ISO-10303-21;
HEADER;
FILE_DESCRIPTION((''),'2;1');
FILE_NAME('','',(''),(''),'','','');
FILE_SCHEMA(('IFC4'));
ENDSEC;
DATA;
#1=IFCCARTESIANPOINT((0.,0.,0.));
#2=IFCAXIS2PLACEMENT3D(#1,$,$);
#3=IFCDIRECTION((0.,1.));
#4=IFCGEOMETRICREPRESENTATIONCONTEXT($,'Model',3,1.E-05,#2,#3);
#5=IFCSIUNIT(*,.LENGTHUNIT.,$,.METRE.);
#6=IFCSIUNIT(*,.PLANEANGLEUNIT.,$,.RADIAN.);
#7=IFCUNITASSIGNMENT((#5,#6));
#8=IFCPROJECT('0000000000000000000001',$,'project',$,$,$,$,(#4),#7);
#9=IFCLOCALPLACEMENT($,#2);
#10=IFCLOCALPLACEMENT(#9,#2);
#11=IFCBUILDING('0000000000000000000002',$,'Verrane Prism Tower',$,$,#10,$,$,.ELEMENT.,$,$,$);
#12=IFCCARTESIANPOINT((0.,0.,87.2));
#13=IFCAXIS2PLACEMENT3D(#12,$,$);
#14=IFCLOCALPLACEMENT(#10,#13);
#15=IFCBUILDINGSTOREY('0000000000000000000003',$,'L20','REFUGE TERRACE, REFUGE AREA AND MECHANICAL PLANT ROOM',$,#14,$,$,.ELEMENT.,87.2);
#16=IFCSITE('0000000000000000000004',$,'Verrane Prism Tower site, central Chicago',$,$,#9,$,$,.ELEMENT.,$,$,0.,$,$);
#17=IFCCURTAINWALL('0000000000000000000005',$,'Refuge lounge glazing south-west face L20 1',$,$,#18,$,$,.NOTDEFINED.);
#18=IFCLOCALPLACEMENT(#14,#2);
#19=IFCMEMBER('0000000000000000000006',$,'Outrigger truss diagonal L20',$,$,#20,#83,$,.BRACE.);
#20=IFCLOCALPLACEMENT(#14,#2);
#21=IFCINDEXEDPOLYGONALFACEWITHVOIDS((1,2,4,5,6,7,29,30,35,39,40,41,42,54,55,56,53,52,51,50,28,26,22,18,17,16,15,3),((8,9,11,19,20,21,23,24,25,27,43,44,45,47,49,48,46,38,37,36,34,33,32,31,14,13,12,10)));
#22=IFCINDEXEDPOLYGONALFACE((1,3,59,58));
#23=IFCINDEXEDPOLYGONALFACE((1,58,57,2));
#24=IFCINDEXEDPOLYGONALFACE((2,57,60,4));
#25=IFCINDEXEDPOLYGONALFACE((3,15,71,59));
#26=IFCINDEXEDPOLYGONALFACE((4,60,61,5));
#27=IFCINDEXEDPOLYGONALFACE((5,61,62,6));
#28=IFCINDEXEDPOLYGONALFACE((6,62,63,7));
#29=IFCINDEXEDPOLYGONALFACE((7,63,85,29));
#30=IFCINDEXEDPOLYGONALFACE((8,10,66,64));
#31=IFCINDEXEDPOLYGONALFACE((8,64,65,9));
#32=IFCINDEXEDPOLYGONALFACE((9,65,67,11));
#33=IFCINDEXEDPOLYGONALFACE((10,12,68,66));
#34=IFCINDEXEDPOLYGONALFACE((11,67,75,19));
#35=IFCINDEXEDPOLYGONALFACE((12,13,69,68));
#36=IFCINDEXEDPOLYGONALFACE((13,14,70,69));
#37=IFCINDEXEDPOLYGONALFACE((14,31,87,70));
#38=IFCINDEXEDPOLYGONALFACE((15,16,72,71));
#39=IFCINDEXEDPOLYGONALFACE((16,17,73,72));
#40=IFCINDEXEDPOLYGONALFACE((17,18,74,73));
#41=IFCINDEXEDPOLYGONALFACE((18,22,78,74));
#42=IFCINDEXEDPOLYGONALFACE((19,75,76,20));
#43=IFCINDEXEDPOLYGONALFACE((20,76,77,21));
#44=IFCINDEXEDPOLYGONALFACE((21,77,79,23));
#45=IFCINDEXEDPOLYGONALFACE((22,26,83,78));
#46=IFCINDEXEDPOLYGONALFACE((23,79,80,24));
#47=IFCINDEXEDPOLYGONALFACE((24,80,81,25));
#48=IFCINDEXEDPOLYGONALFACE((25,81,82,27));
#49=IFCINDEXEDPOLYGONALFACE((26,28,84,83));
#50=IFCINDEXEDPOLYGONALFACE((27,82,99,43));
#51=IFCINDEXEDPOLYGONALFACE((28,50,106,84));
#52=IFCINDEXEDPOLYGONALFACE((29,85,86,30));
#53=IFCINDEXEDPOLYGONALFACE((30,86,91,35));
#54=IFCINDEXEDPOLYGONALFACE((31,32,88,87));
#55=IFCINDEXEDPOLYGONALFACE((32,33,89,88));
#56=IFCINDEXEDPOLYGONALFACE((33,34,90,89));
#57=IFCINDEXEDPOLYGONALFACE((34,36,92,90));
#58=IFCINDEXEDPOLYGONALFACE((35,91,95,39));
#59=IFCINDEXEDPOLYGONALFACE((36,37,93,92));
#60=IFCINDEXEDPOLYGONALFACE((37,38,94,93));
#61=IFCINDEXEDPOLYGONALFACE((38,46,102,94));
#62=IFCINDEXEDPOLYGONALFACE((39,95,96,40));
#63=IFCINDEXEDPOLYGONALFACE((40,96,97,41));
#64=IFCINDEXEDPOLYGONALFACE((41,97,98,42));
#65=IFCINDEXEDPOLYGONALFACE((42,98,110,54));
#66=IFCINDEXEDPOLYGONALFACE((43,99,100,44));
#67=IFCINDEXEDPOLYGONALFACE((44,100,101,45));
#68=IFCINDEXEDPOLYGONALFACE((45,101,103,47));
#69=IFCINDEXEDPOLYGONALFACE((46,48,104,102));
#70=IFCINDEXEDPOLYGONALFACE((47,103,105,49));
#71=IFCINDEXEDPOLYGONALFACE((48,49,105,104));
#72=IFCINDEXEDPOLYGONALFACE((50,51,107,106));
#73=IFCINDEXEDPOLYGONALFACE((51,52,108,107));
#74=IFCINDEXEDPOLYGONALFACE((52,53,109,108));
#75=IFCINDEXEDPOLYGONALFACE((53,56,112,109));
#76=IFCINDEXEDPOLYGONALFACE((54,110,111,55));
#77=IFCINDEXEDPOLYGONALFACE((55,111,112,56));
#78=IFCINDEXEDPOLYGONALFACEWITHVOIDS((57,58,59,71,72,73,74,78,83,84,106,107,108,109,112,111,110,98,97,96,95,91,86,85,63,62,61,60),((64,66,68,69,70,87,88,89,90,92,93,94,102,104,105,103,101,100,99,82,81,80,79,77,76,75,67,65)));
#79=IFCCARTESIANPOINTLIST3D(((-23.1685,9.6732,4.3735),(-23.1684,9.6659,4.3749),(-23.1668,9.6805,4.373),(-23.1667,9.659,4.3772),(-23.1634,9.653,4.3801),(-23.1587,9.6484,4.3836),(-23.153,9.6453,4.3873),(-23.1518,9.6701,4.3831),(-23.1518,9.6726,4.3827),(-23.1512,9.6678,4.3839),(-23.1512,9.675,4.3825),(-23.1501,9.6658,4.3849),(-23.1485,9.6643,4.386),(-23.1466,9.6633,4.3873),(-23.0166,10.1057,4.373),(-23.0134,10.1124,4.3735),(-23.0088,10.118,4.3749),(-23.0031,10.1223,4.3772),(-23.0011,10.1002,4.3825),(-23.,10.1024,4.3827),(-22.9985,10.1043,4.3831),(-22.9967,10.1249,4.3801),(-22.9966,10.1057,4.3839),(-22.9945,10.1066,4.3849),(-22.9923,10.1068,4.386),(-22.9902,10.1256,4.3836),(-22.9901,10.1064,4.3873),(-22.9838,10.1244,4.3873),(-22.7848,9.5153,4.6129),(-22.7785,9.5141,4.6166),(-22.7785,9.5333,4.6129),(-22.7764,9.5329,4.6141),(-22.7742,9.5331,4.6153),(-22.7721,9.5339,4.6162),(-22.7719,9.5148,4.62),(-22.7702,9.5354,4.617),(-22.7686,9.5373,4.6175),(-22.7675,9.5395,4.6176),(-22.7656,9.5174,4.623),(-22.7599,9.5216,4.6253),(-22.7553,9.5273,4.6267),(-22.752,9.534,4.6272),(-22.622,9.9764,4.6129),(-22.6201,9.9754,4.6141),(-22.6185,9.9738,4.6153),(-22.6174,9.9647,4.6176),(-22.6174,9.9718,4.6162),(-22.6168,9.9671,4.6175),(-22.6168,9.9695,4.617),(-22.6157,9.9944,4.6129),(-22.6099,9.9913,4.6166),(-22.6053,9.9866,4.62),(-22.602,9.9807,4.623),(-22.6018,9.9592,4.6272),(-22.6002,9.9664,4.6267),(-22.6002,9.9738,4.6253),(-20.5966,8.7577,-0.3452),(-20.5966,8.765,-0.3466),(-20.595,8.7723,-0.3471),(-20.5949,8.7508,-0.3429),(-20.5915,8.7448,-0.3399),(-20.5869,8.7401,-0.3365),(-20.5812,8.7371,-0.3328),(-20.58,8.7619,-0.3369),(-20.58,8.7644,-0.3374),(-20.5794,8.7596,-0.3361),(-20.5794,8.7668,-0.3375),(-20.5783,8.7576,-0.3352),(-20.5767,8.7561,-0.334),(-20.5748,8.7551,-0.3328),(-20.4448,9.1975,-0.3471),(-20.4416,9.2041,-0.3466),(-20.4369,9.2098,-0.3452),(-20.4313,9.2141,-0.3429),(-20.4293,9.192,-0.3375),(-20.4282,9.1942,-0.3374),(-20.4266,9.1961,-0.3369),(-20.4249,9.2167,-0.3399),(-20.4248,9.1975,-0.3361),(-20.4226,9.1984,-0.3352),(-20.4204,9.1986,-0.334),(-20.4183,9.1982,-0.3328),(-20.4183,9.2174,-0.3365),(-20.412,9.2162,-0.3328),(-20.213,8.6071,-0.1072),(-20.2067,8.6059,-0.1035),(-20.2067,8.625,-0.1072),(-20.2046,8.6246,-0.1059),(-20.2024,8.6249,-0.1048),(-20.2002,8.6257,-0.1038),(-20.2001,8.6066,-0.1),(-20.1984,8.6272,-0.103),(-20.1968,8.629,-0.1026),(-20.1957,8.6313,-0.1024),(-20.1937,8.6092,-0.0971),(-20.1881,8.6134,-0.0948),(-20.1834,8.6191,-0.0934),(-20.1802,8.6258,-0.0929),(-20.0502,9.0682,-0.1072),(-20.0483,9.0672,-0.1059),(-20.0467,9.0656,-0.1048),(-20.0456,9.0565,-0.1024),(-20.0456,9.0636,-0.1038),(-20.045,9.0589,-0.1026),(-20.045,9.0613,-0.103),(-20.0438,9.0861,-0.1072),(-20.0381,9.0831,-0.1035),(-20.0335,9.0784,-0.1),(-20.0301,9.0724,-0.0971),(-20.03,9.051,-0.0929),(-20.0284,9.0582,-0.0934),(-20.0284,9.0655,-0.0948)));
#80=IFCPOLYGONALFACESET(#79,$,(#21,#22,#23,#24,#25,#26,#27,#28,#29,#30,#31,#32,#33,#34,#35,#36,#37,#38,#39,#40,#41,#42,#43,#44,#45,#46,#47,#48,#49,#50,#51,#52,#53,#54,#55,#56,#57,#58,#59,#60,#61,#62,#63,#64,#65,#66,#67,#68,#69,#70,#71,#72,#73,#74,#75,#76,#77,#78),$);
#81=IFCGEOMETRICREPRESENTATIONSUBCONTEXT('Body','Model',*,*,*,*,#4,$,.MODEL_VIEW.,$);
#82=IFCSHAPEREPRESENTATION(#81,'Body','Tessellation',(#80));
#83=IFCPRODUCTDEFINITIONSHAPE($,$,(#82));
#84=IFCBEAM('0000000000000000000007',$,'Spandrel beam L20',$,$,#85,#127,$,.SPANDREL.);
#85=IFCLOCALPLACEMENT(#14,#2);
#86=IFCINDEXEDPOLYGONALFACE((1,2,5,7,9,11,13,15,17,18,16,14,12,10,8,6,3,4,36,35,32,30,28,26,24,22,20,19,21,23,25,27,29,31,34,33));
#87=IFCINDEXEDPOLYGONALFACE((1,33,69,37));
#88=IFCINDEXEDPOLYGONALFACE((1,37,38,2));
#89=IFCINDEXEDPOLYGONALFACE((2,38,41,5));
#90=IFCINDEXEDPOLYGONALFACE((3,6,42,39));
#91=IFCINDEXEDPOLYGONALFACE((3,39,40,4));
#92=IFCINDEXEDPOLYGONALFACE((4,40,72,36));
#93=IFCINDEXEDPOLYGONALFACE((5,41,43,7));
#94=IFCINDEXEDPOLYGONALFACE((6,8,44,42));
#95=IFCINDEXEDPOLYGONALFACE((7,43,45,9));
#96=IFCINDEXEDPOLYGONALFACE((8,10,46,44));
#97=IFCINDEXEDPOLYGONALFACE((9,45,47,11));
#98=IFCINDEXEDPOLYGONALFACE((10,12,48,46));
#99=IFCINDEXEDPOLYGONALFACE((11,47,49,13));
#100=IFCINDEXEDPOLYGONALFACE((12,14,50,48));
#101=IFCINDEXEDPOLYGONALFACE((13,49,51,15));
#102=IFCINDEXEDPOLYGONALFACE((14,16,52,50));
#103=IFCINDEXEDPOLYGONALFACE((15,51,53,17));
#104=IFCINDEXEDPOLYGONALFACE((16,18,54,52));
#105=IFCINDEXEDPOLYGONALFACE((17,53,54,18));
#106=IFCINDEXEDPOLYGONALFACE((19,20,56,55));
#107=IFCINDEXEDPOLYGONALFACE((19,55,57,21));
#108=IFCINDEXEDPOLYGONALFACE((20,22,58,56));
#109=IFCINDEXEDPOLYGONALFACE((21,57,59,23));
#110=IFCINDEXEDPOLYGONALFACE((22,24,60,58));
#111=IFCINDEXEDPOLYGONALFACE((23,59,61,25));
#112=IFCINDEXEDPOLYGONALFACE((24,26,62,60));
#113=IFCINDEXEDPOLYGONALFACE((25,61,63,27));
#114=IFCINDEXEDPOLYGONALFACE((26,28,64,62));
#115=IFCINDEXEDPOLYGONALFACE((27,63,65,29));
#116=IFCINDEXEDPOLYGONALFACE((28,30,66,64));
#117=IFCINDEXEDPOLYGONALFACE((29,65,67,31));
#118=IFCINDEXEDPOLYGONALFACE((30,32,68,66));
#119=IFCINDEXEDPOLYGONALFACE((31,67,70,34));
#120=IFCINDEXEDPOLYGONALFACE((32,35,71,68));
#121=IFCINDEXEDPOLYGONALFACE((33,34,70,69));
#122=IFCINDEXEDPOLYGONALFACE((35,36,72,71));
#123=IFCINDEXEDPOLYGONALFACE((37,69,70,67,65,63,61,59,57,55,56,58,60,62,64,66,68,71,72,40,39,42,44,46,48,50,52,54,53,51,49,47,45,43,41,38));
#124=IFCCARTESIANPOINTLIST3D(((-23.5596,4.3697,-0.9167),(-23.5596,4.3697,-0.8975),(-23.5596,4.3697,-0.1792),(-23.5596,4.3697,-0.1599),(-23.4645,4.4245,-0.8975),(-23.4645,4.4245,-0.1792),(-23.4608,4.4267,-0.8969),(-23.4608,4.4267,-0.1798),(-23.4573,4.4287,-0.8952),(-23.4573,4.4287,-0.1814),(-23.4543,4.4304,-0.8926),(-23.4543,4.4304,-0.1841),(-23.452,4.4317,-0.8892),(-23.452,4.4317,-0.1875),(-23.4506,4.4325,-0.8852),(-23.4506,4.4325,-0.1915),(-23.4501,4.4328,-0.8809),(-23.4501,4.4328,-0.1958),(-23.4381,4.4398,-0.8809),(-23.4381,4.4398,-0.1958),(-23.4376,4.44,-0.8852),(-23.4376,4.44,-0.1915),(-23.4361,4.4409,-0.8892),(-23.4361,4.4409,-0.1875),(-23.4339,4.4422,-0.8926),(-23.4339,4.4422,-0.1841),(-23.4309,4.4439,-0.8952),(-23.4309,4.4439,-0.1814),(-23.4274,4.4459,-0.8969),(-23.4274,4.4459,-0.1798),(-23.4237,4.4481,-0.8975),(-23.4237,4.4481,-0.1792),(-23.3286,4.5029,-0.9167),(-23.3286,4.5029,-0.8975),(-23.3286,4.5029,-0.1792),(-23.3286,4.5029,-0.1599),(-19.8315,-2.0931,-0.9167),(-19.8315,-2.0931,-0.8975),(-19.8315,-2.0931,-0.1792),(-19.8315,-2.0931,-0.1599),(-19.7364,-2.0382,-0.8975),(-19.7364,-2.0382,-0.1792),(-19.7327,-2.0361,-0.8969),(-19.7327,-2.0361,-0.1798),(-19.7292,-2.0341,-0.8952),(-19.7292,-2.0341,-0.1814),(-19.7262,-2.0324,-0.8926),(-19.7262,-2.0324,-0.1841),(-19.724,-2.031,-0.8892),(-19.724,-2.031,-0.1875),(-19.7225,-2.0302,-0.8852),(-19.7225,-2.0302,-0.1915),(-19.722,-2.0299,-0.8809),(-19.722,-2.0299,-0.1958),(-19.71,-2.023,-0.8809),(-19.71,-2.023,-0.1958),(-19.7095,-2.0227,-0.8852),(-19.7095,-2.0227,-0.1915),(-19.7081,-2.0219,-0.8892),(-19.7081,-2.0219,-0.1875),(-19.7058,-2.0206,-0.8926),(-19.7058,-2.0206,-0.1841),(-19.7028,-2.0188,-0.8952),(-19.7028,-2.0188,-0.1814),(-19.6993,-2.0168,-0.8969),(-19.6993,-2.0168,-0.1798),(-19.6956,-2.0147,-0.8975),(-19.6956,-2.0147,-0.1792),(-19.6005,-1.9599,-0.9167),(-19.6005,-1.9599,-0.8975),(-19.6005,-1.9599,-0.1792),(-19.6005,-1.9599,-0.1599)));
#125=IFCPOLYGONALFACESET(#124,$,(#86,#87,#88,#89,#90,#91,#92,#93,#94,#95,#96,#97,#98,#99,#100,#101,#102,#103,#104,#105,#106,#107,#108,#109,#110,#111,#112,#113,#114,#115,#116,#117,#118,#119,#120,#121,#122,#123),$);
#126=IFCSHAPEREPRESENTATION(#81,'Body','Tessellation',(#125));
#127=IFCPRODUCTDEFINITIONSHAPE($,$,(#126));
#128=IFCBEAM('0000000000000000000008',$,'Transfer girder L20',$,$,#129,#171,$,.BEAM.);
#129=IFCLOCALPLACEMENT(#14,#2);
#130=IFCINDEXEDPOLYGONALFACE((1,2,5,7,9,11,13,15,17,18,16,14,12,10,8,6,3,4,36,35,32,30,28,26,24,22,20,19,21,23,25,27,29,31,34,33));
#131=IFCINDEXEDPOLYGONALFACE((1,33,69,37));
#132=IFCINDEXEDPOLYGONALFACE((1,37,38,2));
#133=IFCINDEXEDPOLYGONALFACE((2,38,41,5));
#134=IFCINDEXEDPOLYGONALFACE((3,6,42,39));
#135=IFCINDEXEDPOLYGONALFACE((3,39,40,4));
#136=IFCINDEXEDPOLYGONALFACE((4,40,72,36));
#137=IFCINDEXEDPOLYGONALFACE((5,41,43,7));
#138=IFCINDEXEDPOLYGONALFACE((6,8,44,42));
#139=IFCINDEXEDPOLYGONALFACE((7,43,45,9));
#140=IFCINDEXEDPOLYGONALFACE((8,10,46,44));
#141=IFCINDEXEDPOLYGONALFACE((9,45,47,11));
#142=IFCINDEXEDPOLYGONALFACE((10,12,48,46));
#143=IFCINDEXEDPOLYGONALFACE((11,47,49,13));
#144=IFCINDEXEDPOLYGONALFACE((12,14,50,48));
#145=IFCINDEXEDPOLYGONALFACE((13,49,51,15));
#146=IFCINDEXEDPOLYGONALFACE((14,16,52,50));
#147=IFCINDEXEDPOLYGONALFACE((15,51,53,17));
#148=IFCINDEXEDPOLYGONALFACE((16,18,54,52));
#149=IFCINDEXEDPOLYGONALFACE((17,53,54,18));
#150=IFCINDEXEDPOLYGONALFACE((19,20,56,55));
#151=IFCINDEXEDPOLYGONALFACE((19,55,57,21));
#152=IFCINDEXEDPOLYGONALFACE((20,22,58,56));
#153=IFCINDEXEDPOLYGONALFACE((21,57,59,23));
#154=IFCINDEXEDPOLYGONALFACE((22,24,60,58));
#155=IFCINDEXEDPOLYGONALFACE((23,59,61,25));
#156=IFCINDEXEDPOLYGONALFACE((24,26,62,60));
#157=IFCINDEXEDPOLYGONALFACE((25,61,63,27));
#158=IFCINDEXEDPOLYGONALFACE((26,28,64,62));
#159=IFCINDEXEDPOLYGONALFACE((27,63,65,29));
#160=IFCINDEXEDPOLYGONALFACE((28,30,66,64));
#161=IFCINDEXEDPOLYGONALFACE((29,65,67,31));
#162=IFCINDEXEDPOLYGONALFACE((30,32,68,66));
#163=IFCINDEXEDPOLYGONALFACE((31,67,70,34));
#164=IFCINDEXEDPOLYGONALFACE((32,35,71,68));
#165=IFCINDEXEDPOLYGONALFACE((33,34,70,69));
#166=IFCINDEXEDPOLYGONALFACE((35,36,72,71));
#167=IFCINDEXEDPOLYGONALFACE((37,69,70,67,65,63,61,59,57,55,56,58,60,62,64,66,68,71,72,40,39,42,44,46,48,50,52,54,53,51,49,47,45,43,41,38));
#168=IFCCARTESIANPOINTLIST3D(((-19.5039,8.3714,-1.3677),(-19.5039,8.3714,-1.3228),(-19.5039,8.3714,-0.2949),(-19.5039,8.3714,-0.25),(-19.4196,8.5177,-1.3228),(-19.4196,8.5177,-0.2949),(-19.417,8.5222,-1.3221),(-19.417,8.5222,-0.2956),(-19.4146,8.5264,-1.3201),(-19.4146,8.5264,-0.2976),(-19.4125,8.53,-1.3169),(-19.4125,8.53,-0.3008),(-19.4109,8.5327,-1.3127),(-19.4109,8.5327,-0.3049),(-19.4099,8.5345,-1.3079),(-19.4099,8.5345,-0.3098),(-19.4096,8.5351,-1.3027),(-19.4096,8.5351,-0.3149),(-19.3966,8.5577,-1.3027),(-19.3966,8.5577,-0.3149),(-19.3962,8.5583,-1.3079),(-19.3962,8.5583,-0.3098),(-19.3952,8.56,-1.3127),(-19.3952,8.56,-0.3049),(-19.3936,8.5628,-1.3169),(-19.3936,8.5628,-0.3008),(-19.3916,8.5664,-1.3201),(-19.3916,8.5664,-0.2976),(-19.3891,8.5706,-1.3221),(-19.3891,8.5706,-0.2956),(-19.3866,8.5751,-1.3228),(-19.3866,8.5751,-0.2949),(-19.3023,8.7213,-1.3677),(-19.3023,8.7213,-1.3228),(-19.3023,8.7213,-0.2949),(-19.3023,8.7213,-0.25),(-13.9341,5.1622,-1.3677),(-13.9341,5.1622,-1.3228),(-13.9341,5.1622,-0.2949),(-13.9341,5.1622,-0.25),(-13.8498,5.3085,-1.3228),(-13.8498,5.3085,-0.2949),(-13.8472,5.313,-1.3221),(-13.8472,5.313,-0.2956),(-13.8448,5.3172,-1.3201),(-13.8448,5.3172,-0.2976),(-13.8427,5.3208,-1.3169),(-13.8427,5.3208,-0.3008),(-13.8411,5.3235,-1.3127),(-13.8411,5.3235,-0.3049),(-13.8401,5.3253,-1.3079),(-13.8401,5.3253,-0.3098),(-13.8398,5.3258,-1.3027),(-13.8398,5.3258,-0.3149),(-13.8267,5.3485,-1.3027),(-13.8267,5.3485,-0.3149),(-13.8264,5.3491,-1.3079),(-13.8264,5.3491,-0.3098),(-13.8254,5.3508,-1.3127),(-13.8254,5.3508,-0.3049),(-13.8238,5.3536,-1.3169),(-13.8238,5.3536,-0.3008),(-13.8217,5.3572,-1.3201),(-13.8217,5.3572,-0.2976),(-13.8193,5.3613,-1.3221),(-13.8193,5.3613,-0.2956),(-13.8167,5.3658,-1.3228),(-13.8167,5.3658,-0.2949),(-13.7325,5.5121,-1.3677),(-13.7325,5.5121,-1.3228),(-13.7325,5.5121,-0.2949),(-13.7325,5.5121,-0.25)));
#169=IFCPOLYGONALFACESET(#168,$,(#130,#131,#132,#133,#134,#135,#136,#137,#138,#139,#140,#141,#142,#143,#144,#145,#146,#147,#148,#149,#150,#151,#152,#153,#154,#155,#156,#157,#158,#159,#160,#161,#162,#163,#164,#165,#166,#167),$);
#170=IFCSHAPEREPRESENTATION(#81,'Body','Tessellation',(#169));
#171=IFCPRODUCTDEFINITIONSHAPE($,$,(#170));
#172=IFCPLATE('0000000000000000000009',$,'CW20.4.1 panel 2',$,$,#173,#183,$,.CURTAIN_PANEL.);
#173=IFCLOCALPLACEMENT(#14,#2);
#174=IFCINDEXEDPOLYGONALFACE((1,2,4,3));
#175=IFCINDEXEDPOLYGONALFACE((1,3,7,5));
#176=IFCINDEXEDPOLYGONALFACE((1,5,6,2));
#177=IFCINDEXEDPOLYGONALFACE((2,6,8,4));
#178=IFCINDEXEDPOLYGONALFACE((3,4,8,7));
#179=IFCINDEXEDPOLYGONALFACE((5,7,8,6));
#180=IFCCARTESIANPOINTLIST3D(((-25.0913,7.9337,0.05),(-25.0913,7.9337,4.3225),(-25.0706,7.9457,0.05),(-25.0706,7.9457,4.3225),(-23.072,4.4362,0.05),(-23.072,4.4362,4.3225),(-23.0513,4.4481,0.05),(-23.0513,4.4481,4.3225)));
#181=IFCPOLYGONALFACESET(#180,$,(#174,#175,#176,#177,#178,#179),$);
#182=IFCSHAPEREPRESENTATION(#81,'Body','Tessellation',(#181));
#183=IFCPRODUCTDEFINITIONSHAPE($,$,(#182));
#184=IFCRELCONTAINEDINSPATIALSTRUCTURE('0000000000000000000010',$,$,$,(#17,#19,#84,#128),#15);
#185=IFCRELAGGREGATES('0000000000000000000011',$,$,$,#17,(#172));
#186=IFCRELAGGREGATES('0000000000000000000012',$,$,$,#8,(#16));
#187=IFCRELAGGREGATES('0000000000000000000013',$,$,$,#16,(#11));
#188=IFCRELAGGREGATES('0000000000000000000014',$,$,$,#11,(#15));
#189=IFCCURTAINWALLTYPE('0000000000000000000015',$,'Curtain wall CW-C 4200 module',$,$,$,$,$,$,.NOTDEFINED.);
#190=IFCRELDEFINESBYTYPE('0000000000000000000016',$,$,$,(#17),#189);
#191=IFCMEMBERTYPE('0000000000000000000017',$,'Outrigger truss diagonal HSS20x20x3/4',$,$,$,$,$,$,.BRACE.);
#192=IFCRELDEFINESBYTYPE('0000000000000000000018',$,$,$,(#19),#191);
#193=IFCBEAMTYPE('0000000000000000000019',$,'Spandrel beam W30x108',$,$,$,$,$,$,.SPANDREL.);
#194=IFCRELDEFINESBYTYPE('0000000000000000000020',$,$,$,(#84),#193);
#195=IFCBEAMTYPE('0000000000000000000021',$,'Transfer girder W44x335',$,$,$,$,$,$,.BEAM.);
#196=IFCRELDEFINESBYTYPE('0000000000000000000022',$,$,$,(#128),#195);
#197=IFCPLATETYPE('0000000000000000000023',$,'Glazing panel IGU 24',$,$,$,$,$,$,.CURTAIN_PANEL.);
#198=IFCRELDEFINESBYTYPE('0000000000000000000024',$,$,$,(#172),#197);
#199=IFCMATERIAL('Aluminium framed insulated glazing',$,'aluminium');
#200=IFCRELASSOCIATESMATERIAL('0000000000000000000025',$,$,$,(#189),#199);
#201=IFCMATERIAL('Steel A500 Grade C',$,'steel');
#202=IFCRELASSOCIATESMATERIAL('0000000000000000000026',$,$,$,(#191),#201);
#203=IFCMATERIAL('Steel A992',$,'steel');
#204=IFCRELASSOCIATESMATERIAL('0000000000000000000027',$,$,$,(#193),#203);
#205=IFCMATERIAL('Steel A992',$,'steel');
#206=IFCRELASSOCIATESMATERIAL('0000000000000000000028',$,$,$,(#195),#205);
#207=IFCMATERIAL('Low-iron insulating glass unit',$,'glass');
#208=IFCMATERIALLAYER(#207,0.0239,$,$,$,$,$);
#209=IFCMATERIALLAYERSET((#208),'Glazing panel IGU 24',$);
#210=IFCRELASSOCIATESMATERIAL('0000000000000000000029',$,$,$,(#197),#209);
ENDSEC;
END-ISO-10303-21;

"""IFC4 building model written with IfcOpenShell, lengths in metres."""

from ifc_helpers import new_model, si_unit, direction, frame, origin, origin_2d, place, context, subcontext, project, spatial, rectangle, hollow_rectangle, i_section, extrude, material, layer, layer_set, material_profile, profile_set, type_object, element, aggregate, save


model = new_model("IFC4")

# Units and contexts
model_context = context("Model", 3, precision=1e-05, world=origin(), true_north=direction((0.0, 1.0)))
body_context = subcontext(model_context, "Body", "Model", "MODEL_VIEW")
ifc_project = project(units=[si_unit("LENGTHUNIT", "METRE"), si_unit("PLANEANGLEUNIT", "RADIAN")], contexts=[model_context])

# Site, building, storey
site_placement = place(None, origin())
site = spatial("IfcSite", under=ifc_project, at=site_placement, Name="Verrane Prism Tower site, central Chicago", CompositionType="ELEMENT", RefElevation=0.0)
building_placement = place(site_placement, origin())
building = spatial("IfcBuilding", under=site, at=building_placement, Name="Verrane Prism Tower", CompositionType="ELEMENT")
storey_placement = place(building_placement, frame((0.0, 0.0, 87.2)))
storey = spatial("IfcBuildingStorey", under=building, at=storey_placement, Name="L20", Description="REFUGE TERRACE, REFUGE AREA AND MECHANICAL PLANT ROOM", CompositionType="ELEMENT", Elevation=87.2)

# Curtain wall
ifc_material_1 = material(Name="Aluminium framed insulated glazing", Category="aluminium")
curtain_wall_type = type_object("IfcCurtainWallType", Name="Curtain wall CW-C 4200 module", PredefinedType="NOTDEFINED", material=ifc_material_1)
curtain_wall_placement = place(storey_placement, origin())
curtain_wall = element("IfcCurtainWall", 1, at=curtain_wall_placement, inside=storey, type_object=curtain_wall_type, Name="Refuge lounge glazing south-west face L20 1", PredefinedType="NOTDEFINED")

# Member
ifc_material_2 = material(Name="Steel A500 Grade C", Category="steel")
ifc_material_profile_1 = material_profile(ifc_material_2, hollow_rectangle(XDim=0.5081, YDim=0.5081, WallThickness=0.019, InnerFilletRadius=0.0095, OuterFilletRadius=0.0286, at=origin_2d()), Name="HSS20x20x3/4")
ifc_profile_set_1 = profile_set([ifc_material_profile_1], Name="Steel A500 Grade C")
member_type_1 = type_object("IfcMemberType", Name="Outrigger truss diagonal HSS20x20x3/4", PredefinedType="BRACE", material=ifc_profile_set_1)
member_1_placement = place(storey_placement, frame((-20.3125, 8.9116, -0.22), z_axis=(-0.471771, 0.166602, 0.865838), x_axis=(-0.332989, -0.942931, 0.0)))
element("IfcMember", 2, at=member_1_placement, inside=storey, type_object=member_type_1, Name="Outrigger truss diagonal L20", PredefinedType="BRACE", context=body_context, shape_type="SweptSolid", body=[
    extrude(hollow_rectangle(XDim=0.5081, YDim=0.5081, WallThickness=0.019, InnerFilletRadius=0.0095, OuterFilletRadius=0.0286, at=origin_2d()), origin(), (0.0, 0.0, 1.0), 5.4514),
])

# Beams
ifc_material_3 = material(Name="Steel A992", Category="steel")
ifc_material_profile_2 = material_profile(ifc_material_3, i_section(OverallWidth=0.2666, OverallDepth=0.7568, WebThickness=0.0139, FlangeThickness=0.0193, FilletRadius=0.0166, at=origin_2d()), Name="W30x108")
ifc_profile_set_2 = profile_set([ifc_material_profile_2], Name="Steel A992")
beam_type_1 = type_object("IfcBeamType", Name="Spandrel beam W30x108", PredefinedType="SPANDREL", material=ifc_profile_set_2)
beam_1_placement = place(storey_placement, frame((-23.4441, 4.4363, -0.5383), z_axis=(0.49968, -0.86621, 0.0), x_axis=(0.86621, 0.49968, 0.0)))
element("IfcBeam", 3, at=beam_1_placement, inside=storey, type_object=beam_type_1, Name="Spandrel beam L20", PredefinedType="SPANDREL", context=body_context, shape_type="SweptSolid", body=[
    extrude(i_section(OverallWidth=0.2666, OverallDepth=0.7568, WebThickness=0.0139, FlangeThickness=0.0193, FilletRadius=0.0166, at=origin_2d()), origin(), (0.0, 0.0, 1.0), 7.4609),
])
ifc_material_4 = material(Name="Steel A992", Category="steel")
ifc_material_profile_3 = material_profile(ifc_material_4, i_section(OverallWidth=0.4038, OverallDepth=1.1177, WebThickness=0.0261, FlangeThickness=0.0449, FilletRadius=0.02, at=origin_2d()), Name="W44x335")
ifc_profile_set_3 = profile_set([ifc_material_profile_3], Name="Steel A992")
beam_type_2 = type_object("IfcBeamType", Name="Transfer girder W44x335", PredefinedType="BEAM", material=ifc_profile_set_3)
beam_2_placement = place(storey_placement, frame((-19.4031, 8.5464, -0.8088), z_axis=(0.866464, -0.49924, 0.0), x_axis=(0.49924, 0.866464, 0.0)))
element("IfcBeam", 4, at=beam_2_placement, inside=storey, type_object=beam_type_2, Name="Transfer girder L20", PredefinedType="BEAM", context=body_context, shape_type="SweptSolid", body=[
    extrude(i_section(OverallWidth=0.4038, OverallDepth=1.1177, WebThickness=0.0261, FlangeThickness=0.0449, FilletRadius=0.02, at=origin_2d()), origin(), (0.0, 0.0, 1.0), 6.4282),
])

# Plate
ifc_material_5 = material(Name="Low-iron insulating glass unit", Category="glass")
ifc_layer_1 = layer(ifc_material_5, 0.0239)
ifc_layer_set_1 = layer_set([ifc_layer_1], Name="Glazing panel IGU 24")
plate_type = type_object("IfcPlateType", Name="Glazing panel IGU 24", PredefinedType="CURTAIN_PANEL", material=ifc_layer_set_1)
plate_placement = place(storey_placement, frame((-24.0713, 6.1909, 0.05), z_axis=(0.0, 0.0, 1.0), x_axis=(0.500002, -0.866024, 0.0)))
plate = element("IfcPlate", 5, at=plate_placement, type_object=plate_type, Name="CW20.4.1 panel 2", PredefinedType="CURTAIN_PANEL", context=body_context, shape_type="SweptSolid", body=[
    extrude(rectangle(XDim=4.0386, YDim=0.0239, at=origin_2d()), origin(), (0.0, 0.0, 1.0), 4.2725),
])
aggregate(curtain_wall, [plate])

save(model, "model.ifc")
